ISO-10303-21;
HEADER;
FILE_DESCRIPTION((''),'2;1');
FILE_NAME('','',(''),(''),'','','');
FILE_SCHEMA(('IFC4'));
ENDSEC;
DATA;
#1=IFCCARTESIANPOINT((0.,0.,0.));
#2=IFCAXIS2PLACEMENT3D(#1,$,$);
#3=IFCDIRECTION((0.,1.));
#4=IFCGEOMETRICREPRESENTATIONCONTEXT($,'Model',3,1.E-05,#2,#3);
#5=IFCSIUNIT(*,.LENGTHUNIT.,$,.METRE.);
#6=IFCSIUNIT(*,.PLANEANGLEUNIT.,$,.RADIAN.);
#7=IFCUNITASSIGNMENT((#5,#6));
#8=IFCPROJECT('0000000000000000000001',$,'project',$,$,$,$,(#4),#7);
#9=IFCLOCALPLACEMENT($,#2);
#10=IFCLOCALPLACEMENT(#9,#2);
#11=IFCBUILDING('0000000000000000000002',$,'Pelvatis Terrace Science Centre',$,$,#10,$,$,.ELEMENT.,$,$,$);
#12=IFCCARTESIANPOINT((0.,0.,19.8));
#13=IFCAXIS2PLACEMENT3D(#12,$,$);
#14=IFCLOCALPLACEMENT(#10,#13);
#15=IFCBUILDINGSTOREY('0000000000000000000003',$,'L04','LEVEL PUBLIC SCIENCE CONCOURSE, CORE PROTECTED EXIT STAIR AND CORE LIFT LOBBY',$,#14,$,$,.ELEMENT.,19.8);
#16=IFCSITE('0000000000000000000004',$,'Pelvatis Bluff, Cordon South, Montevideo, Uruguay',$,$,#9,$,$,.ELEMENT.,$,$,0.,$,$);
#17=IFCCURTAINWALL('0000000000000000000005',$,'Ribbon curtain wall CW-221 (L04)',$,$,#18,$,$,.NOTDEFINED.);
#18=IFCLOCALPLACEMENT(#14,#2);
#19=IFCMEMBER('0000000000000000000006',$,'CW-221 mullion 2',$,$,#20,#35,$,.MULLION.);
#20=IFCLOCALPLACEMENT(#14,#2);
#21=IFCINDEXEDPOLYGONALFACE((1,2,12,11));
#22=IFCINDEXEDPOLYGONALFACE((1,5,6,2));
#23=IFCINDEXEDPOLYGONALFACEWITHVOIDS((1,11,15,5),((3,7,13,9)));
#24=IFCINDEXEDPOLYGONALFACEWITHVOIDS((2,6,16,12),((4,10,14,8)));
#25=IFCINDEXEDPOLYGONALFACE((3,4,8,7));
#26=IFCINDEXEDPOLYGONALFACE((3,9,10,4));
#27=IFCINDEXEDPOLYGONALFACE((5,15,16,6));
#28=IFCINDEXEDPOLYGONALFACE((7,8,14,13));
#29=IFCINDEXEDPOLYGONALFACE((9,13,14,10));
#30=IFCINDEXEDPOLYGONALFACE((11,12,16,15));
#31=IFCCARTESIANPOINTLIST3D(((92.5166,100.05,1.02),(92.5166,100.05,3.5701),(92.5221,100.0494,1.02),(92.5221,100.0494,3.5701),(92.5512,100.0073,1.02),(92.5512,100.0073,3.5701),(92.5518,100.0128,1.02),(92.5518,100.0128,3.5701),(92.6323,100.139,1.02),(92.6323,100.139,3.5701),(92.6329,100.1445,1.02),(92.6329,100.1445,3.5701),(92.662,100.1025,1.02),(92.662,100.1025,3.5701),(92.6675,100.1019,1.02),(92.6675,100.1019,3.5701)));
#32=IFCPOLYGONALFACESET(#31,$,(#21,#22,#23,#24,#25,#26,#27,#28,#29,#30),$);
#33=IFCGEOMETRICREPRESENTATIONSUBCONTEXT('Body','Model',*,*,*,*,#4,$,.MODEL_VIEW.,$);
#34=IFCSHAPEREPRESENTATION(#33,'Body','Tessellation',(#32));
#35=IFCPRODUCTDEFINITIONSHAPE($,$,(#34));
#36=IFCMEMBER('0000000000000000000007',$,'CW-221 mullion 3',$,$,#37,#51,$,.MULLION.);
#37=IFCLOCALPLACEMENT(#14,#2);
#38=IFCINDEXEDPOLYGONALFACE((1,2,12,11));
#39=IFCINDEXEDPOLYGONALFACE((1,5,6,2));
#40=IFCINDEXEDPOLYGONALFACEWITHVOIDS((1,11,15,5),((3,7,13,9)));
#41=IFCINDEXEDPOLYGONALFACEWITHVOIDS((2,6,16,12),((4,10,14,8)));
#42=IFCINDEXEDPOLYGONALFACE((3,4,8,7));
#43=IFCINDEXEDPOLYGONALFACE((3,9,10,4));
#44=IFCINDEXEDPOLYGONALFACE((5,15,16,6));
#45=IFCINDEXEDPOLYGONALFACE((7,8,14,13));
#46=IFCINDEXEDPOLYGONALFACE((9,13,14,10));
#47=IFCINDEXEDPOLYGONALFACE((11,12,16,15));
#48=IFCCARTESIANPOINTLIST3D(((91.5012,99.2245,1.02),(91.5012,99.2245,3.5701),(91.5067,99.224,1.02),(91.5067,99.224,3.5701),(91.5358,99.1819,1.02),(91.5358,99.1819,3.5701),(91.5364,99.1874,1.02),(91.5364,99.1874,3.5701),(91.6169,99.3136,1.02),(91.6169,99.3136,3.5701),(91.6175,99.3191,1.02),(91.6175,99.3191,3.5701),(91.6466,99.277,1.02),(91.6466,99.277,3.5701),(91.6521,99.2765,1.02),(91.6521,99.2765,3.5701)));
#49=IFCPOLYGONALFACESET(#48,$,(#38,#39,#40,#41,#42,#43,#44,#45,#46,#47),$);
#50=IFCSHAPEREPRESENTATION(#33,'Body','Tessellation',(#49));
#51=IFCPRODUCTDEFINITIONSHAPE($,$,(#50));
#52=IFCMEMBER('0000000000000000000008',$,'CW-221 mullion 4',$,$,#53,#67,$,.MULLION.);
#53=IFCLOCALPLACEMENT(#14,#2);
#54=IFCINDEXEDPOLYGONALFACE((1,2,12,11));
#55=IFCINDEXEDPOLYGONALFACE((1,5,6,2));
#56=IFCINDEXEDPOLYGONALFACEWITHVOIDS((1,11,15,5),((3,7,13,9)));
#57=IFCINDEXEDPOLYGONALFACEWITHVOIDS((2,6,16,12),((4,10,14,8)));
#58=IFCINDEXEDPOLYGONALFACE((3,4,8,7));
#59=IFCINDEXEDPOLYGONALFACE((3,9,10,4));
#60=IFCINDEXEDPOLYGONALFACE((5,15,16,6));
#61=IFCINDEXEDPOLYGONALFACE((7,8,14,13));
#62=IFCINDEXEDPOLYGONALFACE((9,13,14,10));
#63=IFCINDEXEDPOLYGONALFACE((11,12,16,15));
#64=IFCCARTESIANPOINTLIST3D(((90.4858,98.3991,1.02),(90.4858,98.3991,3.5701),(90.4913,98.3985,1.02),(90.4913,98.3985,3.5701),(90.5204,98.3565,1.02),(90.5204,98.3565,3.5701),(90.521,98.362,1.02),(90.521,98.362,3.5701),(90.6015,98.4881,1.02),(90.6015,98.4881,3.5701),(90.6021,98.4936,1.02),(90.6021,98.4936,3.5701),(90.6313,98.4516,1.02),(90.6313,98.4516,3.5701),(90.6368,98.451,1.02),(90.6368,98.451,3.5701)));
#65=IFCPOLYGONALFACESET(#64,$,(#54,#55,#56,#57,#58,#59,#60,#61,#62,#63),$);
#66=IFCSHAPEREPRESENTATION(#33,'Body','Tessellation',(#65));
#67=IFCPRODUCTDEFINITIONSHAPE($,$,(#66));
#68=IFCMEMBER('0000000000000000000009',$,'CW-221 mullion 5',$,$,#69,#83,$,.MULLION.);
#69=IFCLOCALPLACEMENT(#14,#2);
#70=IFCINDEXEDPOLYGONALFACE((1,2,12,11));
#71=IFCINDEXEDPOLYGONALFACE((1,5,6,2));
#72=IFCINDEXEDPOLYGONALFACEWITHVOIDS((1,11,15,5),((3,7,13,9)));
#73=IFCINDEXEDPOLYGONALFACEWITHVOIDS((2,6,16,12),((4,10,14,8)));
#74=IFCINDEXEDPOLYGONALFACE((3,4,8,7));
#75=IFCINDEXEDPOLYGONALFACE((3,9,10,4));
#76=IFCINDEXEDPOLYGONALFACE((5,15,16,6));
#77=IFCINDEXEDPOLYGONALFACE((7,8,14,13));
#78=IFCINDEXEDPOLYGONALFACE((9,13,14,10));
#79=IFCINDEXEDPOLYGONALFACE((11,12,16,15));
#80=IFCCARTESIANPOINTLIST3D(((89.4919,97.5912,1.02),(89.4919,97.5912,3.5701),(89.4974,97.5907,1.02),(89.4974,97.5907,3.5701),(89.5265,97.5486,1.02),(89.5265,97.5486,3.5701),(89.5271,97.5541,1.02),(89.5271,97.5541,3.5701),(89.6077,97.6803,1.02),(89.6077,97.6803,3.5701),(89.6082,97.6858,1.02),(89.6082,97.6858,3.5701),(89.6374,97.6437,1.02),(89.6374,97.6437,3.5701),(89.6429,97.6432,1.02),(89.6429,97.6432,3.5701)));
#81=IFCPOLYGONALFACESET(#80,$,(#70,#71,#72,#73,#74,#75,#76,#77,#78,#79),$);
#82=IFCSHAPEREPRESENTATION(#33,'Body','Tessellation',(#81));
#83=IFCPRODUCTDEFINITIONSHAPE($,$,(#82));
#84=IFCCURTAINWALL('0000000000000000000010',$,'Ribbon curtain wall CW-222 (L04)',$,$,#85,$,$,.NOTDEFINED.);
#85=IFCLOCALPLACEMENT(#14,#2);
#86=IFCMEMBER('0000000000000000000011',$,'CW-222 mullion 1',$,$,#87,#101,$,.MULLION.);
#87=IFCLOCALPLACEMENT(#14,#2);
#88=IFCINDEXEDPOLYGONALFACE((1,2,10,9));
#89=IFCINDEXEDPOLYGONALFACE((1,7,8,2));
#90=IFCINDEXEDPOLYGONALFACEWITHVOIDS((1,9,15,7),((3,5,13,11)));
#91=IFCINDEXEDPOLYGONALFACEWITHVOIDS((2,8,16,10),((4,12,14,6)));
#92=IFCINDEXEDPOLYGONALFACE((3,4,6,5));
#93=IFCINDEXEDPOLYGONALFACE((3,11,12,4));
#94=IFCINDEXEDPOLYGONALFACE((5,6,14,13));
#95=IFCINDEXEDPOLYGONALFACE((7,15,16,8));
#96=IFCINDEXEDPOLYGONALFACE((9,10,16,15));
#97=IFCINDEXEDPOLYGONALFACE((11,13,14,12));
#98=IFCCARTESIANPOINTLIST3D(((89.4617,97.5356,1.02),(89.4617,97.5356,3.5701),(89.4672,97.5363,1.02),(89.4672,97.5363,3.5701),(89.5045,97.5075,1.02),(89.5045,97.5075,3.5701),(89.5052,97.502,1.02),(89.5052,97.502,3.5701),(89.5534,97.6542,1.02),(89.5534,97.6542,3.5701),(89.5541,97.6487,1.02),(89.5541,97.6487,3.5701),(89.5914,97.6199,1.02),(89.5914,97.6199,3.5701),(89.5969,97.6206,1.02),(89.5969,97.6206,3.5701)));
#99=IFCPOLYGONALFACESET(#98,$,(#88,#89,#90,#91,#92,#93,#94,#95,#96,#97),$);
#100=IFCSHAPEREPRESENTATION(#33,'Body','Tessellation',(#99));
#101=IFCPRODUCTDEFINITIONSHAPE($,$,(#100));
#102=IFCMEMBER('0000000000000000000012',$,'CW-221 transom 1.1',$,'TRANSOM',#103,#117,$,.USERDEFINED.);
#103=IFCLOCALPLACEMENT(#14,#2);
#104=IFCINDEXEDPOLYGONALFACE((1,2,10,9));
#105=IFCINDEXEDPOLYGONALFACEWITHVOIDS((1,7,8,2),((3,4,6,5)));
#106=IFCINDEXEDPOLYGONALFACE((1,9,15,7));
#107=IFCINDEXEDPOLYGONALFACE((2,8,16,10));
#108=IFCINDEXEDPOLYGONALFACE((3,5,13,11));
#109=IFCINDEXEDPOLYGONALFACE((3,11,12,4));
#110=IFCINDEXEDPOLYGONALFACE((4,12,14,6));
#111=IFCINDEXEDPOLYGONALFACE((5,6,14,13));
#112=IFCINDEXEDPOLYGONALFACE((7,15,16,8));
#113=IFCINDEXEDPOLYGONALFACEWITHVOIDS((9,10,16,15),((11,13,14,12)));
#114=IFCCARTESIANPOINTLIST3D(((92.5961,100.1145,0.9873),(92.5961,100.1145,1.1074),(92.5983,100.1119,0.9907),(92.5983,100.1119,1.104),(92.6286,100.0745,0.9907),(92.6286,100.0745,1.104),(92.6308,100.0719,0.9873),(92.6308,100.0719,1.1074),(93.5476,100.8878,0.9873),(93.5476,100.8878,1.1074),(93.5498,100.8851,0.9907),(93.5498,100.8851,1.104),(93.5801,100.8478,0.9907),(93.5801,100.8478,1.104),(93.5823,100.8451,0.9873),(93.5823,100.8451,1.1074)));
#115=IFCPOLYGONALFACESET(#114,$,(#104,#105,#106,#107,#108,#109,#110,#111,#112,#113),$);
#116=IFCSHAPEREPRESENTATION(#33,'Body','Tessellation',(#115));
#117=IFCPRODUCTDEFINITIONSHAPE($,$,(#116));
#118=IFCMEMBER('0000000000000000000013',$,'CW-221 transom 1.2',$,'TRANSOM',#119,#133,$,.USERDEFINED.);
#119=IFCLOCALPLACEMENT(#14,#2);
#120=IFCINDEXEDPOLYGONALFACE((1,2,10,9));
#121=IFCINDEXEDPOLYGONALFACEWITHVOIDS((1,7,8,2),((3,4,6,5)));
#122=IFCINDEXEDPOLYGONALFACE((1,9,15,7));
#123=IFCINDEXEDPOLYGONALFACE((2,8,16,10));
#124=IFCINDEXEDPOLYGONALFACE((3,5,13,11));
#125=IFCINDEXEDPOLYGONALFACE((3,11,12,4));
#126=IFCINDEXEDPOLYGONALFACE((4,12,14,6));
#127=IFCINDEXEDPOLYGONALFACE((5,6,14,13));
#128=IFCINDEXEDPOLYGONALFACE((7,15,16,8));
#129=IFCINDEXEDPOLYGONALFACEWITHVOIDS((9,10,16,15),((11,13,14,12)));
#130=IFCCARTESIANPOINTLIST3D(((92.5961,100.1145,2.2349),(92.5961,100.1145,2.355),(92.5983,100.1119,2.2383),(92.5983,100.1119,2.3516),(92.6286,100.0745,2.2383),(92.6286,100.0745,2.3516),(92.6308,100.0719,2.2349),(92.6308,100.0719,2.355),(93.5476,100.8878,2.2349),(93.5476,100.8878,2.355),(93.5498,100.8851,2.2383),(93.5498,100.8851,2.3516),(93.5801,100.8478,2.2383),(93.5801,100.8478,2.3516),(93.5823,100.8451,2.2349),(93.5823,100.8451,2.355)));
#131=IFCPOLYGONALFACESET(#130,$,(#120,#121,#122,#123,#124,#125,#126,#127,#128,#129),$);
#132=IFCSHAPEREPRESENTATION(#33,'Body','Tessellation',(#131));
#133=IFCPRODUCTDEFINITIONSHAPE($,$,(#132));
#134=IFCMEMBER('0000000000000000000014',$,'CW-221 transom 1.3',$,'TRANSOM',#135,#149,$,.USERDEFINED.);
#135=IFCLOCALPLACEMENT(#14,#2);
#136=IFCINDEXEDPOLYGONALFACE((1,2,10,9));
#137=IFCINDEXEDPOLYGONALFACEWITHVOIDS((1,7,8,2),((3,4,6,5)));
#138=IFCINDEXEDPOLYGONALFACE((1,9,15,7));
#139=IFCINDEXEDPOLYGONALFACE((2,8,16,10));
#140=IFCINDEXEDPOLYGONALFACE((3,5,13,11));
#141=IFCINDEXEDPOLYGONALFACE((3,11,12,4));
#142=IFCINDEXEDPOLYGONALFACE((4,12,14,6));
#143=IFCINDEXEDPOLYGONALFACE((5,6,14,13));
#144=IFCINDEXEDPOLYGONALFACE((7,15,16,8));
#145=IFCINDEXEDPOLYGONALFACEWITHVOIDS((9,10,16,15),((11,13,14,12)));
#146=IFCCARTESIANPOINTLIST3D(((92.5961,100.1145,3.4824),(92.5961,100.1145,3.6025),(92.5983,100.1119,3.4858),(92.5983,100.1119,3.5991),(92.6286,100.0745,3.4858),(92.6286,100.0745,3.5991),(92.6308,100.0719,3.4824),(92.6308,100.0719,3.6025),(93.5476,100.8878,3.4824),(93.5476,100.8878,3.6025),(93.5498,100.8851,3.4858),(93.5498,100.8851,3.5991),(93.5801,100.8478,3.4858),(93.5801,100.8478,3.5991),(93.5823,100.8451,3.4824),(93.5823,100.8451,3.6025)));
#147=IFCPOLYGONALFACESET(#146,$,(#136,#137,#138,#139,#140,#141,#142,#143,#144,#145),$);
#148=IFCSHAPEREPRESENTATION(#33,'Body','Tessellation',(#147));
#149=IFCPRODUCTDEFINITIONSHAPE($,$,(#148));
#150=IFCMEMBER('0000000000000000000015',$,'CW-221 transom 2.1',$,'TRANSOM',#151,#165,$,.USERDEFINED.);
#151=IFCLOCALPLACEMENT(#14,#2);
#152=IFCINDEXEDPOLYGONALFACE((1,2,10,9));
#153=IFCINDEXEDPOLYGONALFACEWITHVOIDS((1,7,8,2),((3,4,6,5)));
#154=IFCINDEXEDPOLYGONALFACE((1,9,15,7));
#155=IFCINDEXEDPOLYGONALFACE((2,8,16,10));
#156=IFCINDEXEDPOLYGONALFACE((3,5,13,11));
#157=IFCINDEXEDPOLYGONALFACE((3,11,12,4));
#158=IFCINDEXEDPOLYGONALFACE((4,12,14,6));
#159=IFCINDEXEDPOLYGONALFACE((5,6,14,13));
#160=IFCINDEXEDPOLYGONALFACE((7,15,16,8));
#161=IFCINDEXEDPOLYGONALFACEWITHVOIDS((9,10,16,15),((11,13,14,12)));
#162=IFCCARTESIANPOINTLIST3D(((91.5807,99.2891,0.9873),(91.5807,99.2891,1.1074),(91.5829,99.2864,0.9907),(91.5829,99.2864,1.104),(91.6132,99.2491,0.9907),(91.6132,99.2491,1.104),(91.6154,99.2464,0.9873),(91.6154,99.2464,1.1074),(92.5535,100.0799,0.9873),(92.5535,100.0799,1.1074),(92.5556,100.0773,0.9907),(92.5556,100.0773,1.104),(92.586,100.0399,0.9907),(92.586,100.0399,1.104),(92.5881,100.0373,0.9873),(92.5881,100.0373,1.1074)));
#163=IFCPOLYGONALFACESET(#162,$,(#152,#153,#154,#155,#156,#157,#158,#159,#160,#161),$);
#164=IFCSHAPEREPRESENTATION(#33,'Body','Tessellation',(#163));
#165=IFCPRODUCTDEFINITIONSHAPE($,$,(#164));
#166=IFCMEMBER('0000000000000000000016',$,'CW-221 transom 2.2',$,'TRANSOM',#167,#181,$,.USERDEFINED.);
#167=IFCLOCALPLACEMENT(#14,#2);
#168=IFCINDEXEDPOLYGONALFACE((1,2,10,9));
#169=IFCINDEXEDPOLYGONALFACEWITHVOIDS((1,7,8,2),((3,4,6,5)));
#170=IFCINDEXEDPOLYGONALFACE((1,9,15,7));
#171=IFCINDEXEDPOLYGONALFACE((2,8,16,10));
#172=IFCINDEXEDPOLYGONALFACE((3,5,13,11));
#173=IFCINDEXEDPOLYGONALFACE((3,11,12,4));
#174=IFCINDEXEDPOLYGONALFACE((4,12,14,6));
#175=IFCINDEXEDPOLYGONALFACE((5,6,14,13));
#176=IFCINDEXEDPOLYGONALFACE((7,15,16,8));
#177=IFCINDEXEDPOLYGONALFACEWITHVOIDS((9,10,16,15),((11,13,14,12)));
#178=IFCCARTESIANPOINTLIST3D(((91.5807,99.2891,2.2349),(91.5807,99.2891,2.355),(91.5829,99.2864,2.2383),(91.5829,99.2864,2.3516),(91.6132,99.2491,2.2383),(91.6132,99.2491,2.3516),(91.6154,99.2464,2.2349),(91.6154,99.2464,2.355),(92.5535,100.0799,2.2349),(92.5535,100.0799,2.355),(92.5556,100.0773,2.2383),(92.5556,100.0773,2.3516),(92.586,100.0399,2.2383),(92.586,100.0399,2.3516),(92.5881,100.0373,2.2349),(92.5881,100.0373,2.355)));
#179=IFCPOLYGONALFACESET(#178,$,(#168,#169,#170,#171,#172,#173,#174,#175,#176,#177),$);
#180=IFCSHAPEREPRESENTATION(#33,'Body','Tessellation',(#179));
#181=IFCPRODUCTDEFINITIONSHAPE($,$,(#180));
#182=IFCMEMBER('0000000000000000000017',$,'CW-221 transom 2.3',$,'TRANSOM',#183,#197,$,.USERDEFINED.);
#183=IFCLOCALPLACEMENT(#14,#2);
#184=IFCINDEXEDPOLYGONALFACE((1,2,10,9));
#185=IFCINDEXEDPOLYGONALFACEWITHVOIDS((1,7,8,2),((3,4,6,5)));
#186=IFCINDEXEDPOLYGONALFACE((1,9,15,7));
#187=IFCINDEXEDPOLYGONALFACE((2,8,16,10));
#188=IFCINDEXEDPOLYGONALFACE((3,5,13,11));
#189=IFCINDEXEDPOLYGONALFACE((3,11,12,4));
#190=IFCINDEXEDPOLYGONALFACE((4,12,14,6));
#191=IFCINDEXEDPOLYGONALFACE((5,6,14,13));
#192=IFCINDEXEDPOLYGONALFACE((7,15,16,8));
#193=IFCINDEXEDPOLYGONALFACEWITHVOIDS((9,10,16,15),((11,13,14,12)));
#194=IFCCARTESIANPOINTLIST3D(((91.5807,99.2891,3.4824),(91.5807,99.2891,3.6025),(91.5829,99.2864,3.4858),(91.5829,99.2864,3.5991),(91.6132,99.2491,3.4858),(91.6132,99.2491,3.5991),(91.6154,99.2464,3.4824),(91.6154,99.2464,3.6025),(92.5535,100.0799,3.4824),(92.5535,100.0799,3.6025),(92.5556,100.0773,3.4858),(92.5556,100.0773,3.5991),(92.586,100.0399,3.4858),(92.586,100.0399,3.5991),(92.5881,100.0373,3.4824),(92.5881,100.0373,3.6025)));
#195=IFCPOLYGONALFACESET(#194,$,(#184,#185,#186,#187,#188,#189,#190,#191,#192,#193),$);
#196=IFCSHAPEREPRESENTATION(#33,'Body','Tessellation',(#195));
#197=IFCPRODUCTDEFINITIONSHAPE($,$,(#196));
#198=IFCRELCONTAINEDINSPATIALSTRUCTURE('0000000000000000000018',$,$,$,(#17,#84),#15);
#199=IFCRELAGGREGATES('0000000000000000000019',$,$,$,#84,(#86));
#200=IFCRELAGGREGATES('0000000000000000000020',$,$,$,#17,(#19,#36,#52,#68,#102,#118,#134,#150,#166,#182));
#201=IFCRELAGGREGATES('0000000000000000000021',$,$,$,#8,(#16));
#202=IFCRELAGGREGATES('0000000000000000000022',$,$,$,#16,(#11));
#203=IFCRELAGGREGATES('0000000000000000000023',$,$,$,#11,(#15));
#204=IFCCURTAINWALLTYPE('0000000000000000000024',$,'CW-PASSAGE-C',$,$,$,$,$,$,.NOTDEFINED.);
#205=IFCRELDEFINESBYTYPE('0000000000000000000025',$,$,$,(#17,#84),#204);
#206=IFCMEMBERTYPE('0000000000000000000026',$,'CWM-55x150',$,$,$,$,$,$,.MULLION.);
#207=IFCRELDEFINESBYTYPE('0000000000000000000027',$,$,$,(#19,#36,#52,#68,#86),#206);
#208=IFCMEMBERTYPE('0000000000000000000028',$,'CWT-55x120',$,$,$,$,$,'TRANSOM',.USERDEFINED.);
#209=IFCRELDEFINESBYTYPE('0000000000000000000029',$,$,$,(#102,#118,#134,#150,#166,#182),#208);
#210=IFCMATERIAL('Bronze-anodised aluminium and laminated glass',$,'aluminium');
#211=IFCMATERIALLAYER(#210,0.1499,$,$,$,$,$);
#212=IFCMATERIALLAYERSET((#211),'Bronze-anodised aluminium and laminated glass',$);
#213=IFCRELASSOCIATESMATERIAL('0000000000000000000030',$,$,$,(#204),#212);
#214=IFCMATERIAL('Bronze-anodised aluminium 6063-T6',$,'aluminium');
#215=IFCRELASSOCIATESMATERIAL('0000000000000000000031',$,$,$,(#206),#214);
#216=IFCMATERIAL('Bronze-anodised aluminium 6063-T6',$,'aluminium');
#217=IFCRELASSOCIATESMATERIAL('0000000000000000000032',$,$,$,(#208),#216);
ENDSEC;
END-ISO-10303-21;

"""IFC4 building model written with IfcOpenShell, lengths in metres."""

from ifc_helpers import new_model, si_unit, direction, frame, origin, origin_2d, place, context, subcontext, project, spatial, hollow_rectangle, extrude, material, layer, layer_set, material_profile, profile_set, type_object, element, aggregate, save


model = new_model("IFC4")

# Units and contexts
model_context = context("Model", 3, precision=1e-05, world=origin(), true_north=direction((0.0, 1.0)))
body_context = subcontext(model_context, "Body", "Model", "MODEL_VIEW")
ifc_project = project(units=[si_unit("LENGTHUNIT", "METRE"), si_unit("PLANEANGLEUNIT", "RADIAN")], contexts=[model_context])

# Site, building, storey
site_placement = place(None, origin())
site = spatial("IfcSite", under=ifc_project, at=site_placement, Name="Pelvatis Bluff, Cordon South, Montevideo, Uruguay", CompositionType="ELEMENT", RefElevation=0.0)
building_placement = place(site_placement, origin())
building = spatial("IfcBuilding", under=site, at=building_placement, Name="Pelvatis Terrace Science Centre", CompositionType="ELEMENT")
storey_placement = place(building_placement, frame((0.0, 0.0, 19.8)))
storey = spatial("IfcBuildingStorey", under=building, at=storey_placement, Name="L04", Description="LEVEL PUBLIC SCIENCE CONCOURSE, CORE PROTECTED EXIT STAIR AND CORE LIFT LOBBY", CompositionType="ELEMENT", Elevation=19.8)

# Curtain wall, members
ifc_material_1 = material(Name="Bronze-anodised aluminium and laminated glass", Category="aluminium")
ifc_layer_1 = layer(ifc_material_1, 0.1499)
ifc_layer_set_1 = layer_set([ifc_layer_1], Name="Bronze-anodised aluminium and laminated glass")
curtain_wall_type = type_object("IfcCurtainWallType", Name="CW-PASSAGE-C", PredefinedType="NOTDEFINED", material=ifc_layer_set_1)
curtain_wall_1_placement = place(storey_placement, origin())
curtain_wall_1 = element("IfcCurtainWall", 1, at=curtain_wall_1_placement, inside=storey, type_object=curtain_wall_type, Name="Ribbon curtain wall CW-221 (L04)", PredefinedType="NOTDEFINED")
ifc_material_2 = material(Name="Bronze-anodised aluminium 6063-T6", Category="aluminium")
ifc_material_profile_1 = material_profile(ifc_material_2, hollow_rectangle(XDim=0.0549, YDim=0.1499, WallThickness=0.0039, at=origin_2d()), Name="ALU-MUL 55x150")
ifc_profile_set_1 = profile_set([ifc_material_profile_1], Name="Bronze-anodised aluminium 6063-T6")
member_type_1 = type_object("IfcMemberType", Name="CWM-55x150", PredefinedType="MULLION", material=ifc_profile_set_1)
member_1_placement = place(storey_placement, frame((92.592, 100.0759, 1.02), z_axis=(0.0, 0.0, 1.0), x_axis=(0.630757, -0.77598, 0.0)))
member_1 = element("IfcMember", 2, at=member_1_placement, type_object=member_type_1, Name="CW-221 mullion 2", PredefinedType="MULLION", context=body_context, shape_type="SweptSolid", body=[
    extrude(hollow_rectangle(XDim=0.0549, YDim=0.1499, WallThickness=0.0039, at=origin_2d()), origin(), (0.0, 0.0, 1.0), 2.55),
])
member_2_placement = place(storey_placement, frame((91.5767, 99.2505, 1.02), z_axis=(0.0, 0.0, 1.0), x_axis=(0.630757, -0.77598, 0.0)))
member_2 = element("IfcMember", 3, at=member_2_placement, type_object=member_type_1, Name="CW-221 mullion 3", PredefinedType="MULLION", context=body_context, shape_type="SweptSolid", body=[
    extrude(hollow_rectangle(XDim=0.0549, YDim=0.1499, WallThickness=0.0039, at=origin_2d()), origin(), (0.0, 0.0, 1.0), 2.55),
])
member_3_placement = place(storey_placement, frame((90.5613, 98.425, 1.02), z_axis=(0.0, 0.0, 1.0), x_axis=(0.630757, -0.77598, 0.0)))
member_3 = element("IfcMember", 4, at=member_3_placement, type_object=member_type_1, Name="CW-221 mullion 4", PredefinedType="MULLION", context=body_context, shape_type="SweptSolid", body=[
    extrude(hollow_rectangle(XDim=0.0549, YDim=0.1499, WallThickness=0.0039, at=origin_2d()), origin(), (0.0, 0.0, 1.0), 2.55),
])
member_4_placement = place(storey_placement, frame((89.5674, 97.6172, 1.02), z_axis=(0.0, 0.0, 1.0), x_axis=(0.630757, -0.77598, 0.0)))
member_4 = element("IfcMember", 5, at=member_4_placement, type_object=member_type_1, Name="CW-221 mullion 5", PredefinedType="MULLION", context=body_context, shape_type="SweptSolid", body=[
    extrude(hollow_rectangle(XDim=0.0549, YDim=0.1499, WallThickness=0.0039, at=origin_2d()), origin(), (0.0, 0.0, 1.0), 2.55),
])

# Curtain wall, member
curtain_wall_2_placement = place(storey_placement, origin())
curtain_wall_2 = element("IfcCurtainWall", 6, at=curtain_wall_2_placement, inside=storey, type_object=curtain_wall_type, Name="Ribbon curtain wall CW-222 (L04)", PredefinedType="NOTDEFINED")
member_5_placement = place(storey_placement, frame((89.5293, 97.5781, 1.02), z_axis=(0.0, 0.0, 1.0), x_axis=(0.791181, -0.611582, 0.0)))
member_5 = element("IfcMember", 7, at=member_5_placement, type_object=member_type_1, Name="CW-222 mullion 1", PredefinedType="MULLION", context=body_context, shape_type="SweptSolid", body=[
    extrude(hollow_rectangle(XDim=0.0549, YDim=0.1499, WallThickness=0.0039, at=origin_2d()), origin(), (0.0, 0.0, 1.0), 2.55),
])

# Members
ifc_material_3 = material(Name="Bronze-anodised aluminium 6063-T6", Category="aluminium")
ifc_material_profile_2 = material_profile(ifc_material_3, hollow_rectangle(XDim=0.0549, YDim=0.1201, WallThickness=0.0034, at=origin_2d()), Name="ALU-TRN 55x120")
ifc_profile_set_2 = profile_set([ifc_material_profile_2], Name="Bronze-anodised aluminium 6063-T6")
member_type_2 = type_object("IfcMemberType", Name="CWT-55x120", ElementType="TRANSOM", PredefinedType="USERDEFINED", material=ifc_profile_set_2)
member_6_placement = place(storey_placement, frame((93.5649, 100.8665, 1.0474), z_axis=(-0.776047, -0.630675, 0.0), x_axis=(0.630675, -0.776047, 0.0)))
member_6 = element("IfcMember", 8, at=member_6_placement, type_object=member_type_2, Name="CW-221 transom 1.1", ObjectType="TRANSOM", PredefinedType="USERDEFINED", context=body_context, shape_type="SweptSolid", body=[
    extrude(hollow_rectangle(XDim=0.0549, YDim=0.1201, WallThickness=0.0034, at=origin_2d()), origin(), (0.0, 0.0, 1.0), 1.2261),
])
member_7_placement = place(storey_placement, frame((93.5649, 100.8665, 2.2949), z_axis=(-0.776047, -0.630675, 0.0), x_axis=(0.630675, -0.776047, 0.0)))
member_7 = element("IfcMember", 9, at=member_7_placement, type_object=member_type_2, Name="CW-221 transom 1.2", ObjectType="TRANSOM", PredefinedType="USERDEFINED", context=body_context, shape_type="SweptSolid", body=[
    extrude(hollow_rectangle(XDim=0.0549, YDim=0.1201, WallThickness=0.0034, at=origin_2d()), origin(), (0.0, 0.0, 1.0), 1.2261),
])
member_8_placement = place(storey_placement, frame((93.5649, 100.8665, 3.5425), z_axis=(-0.776047, -0.630675, 0.0), x_axis=(0.630675, -0.776047, 0.0)))
member_8 = element("IfcMember", 10, at=member_8_placement, type_object=member_type_2, Name="CW-221 transom 1.3", ObjectType="TRANSOM", PredefinedType="USERDEFINED", context=body_context, shape_type="SweptSolid", body=[
    extrude(hollow_rectangle(XDim=0.0549, YDim=0.1201, WallThickness=0.0034, at=origin_2d()), origin(), (0.0, 0.0, 1.0), 1.2261),
])
member_9_placement = place(storey_placement, frame((92.5708, 100.0586, 1.0474), z_axis=(-0.775923, -0.630827, 0.0), x_axis=(0.630827, -0.775923, 0.0)))
member_9 = element("IfcMember", 11, at=member_9_placement, type_object=member_type_2, Name="CW-221 transom 2.1", ObjectType="TRANSOM", PredefinedType="USERDEFINED", context=body_context, shape_type="SweptSolid", body=[
    extrude(hollow_rectangle(XDim=0.0549, YDim=0.1201, WallThickness=0.0034, at=origin_2d()), origin(), (0.0, 0.0, 1.0), 1.2537),
])
member_10_placement = place(storey_placement, frame((92.5708, 100.0586, 2.2949), z_axis=(-0.775923, -0.630827, 0.0), x_axis=(0.630827, -0.775923, 0.0)))
member_10 = element("IfcMember", 12, at=member_10_placement, type_object=member_type_2, Name="CW-221 transom 2.2", ObjectType="TRANSOM", PredefinedType="USERDEFINED", context=body_context, shape_type="SweptSolid", body=[
    extrude(hollow_rectangle(XDim=0.0549, YDim=0.1201, WallThickness=0.0034, at=origin_2d()), origin(), (0.0, 0.0, 1.0), 1.2537),
])
member_11_placement = place(storey_placement, frame((92.5708, 100.0586, 3.5425), z_axis=(-0.775923, -0.630827, 0.0), x_axis=(0.630827, -0.775923, 0.0)))
member_11 = element("IfcMember", 13, at=member_11_placement, type_object=member_type_2, Name="CW-221 transom 2.3", ObjectType="TRANSOM", PredefinedType="USERDEFINED", context=body_context, shape_type="SweptSolid", body=[
    extrude(hollow_rectangle(XDim=0.0549, YDim=0.1201, WallThickness=0.0034, at=origin_2d()), origin(), (0.0, 0.0, 1.0), 1.2537),
])
aggregate(curtain_wall_2, [member_5])

aggregate(curtain_wall_1, [member_1, member_2, member_3, member_4, member_6, member_7, member_8, member_9, member_10, member_11])

save(model, "model.ifc")
